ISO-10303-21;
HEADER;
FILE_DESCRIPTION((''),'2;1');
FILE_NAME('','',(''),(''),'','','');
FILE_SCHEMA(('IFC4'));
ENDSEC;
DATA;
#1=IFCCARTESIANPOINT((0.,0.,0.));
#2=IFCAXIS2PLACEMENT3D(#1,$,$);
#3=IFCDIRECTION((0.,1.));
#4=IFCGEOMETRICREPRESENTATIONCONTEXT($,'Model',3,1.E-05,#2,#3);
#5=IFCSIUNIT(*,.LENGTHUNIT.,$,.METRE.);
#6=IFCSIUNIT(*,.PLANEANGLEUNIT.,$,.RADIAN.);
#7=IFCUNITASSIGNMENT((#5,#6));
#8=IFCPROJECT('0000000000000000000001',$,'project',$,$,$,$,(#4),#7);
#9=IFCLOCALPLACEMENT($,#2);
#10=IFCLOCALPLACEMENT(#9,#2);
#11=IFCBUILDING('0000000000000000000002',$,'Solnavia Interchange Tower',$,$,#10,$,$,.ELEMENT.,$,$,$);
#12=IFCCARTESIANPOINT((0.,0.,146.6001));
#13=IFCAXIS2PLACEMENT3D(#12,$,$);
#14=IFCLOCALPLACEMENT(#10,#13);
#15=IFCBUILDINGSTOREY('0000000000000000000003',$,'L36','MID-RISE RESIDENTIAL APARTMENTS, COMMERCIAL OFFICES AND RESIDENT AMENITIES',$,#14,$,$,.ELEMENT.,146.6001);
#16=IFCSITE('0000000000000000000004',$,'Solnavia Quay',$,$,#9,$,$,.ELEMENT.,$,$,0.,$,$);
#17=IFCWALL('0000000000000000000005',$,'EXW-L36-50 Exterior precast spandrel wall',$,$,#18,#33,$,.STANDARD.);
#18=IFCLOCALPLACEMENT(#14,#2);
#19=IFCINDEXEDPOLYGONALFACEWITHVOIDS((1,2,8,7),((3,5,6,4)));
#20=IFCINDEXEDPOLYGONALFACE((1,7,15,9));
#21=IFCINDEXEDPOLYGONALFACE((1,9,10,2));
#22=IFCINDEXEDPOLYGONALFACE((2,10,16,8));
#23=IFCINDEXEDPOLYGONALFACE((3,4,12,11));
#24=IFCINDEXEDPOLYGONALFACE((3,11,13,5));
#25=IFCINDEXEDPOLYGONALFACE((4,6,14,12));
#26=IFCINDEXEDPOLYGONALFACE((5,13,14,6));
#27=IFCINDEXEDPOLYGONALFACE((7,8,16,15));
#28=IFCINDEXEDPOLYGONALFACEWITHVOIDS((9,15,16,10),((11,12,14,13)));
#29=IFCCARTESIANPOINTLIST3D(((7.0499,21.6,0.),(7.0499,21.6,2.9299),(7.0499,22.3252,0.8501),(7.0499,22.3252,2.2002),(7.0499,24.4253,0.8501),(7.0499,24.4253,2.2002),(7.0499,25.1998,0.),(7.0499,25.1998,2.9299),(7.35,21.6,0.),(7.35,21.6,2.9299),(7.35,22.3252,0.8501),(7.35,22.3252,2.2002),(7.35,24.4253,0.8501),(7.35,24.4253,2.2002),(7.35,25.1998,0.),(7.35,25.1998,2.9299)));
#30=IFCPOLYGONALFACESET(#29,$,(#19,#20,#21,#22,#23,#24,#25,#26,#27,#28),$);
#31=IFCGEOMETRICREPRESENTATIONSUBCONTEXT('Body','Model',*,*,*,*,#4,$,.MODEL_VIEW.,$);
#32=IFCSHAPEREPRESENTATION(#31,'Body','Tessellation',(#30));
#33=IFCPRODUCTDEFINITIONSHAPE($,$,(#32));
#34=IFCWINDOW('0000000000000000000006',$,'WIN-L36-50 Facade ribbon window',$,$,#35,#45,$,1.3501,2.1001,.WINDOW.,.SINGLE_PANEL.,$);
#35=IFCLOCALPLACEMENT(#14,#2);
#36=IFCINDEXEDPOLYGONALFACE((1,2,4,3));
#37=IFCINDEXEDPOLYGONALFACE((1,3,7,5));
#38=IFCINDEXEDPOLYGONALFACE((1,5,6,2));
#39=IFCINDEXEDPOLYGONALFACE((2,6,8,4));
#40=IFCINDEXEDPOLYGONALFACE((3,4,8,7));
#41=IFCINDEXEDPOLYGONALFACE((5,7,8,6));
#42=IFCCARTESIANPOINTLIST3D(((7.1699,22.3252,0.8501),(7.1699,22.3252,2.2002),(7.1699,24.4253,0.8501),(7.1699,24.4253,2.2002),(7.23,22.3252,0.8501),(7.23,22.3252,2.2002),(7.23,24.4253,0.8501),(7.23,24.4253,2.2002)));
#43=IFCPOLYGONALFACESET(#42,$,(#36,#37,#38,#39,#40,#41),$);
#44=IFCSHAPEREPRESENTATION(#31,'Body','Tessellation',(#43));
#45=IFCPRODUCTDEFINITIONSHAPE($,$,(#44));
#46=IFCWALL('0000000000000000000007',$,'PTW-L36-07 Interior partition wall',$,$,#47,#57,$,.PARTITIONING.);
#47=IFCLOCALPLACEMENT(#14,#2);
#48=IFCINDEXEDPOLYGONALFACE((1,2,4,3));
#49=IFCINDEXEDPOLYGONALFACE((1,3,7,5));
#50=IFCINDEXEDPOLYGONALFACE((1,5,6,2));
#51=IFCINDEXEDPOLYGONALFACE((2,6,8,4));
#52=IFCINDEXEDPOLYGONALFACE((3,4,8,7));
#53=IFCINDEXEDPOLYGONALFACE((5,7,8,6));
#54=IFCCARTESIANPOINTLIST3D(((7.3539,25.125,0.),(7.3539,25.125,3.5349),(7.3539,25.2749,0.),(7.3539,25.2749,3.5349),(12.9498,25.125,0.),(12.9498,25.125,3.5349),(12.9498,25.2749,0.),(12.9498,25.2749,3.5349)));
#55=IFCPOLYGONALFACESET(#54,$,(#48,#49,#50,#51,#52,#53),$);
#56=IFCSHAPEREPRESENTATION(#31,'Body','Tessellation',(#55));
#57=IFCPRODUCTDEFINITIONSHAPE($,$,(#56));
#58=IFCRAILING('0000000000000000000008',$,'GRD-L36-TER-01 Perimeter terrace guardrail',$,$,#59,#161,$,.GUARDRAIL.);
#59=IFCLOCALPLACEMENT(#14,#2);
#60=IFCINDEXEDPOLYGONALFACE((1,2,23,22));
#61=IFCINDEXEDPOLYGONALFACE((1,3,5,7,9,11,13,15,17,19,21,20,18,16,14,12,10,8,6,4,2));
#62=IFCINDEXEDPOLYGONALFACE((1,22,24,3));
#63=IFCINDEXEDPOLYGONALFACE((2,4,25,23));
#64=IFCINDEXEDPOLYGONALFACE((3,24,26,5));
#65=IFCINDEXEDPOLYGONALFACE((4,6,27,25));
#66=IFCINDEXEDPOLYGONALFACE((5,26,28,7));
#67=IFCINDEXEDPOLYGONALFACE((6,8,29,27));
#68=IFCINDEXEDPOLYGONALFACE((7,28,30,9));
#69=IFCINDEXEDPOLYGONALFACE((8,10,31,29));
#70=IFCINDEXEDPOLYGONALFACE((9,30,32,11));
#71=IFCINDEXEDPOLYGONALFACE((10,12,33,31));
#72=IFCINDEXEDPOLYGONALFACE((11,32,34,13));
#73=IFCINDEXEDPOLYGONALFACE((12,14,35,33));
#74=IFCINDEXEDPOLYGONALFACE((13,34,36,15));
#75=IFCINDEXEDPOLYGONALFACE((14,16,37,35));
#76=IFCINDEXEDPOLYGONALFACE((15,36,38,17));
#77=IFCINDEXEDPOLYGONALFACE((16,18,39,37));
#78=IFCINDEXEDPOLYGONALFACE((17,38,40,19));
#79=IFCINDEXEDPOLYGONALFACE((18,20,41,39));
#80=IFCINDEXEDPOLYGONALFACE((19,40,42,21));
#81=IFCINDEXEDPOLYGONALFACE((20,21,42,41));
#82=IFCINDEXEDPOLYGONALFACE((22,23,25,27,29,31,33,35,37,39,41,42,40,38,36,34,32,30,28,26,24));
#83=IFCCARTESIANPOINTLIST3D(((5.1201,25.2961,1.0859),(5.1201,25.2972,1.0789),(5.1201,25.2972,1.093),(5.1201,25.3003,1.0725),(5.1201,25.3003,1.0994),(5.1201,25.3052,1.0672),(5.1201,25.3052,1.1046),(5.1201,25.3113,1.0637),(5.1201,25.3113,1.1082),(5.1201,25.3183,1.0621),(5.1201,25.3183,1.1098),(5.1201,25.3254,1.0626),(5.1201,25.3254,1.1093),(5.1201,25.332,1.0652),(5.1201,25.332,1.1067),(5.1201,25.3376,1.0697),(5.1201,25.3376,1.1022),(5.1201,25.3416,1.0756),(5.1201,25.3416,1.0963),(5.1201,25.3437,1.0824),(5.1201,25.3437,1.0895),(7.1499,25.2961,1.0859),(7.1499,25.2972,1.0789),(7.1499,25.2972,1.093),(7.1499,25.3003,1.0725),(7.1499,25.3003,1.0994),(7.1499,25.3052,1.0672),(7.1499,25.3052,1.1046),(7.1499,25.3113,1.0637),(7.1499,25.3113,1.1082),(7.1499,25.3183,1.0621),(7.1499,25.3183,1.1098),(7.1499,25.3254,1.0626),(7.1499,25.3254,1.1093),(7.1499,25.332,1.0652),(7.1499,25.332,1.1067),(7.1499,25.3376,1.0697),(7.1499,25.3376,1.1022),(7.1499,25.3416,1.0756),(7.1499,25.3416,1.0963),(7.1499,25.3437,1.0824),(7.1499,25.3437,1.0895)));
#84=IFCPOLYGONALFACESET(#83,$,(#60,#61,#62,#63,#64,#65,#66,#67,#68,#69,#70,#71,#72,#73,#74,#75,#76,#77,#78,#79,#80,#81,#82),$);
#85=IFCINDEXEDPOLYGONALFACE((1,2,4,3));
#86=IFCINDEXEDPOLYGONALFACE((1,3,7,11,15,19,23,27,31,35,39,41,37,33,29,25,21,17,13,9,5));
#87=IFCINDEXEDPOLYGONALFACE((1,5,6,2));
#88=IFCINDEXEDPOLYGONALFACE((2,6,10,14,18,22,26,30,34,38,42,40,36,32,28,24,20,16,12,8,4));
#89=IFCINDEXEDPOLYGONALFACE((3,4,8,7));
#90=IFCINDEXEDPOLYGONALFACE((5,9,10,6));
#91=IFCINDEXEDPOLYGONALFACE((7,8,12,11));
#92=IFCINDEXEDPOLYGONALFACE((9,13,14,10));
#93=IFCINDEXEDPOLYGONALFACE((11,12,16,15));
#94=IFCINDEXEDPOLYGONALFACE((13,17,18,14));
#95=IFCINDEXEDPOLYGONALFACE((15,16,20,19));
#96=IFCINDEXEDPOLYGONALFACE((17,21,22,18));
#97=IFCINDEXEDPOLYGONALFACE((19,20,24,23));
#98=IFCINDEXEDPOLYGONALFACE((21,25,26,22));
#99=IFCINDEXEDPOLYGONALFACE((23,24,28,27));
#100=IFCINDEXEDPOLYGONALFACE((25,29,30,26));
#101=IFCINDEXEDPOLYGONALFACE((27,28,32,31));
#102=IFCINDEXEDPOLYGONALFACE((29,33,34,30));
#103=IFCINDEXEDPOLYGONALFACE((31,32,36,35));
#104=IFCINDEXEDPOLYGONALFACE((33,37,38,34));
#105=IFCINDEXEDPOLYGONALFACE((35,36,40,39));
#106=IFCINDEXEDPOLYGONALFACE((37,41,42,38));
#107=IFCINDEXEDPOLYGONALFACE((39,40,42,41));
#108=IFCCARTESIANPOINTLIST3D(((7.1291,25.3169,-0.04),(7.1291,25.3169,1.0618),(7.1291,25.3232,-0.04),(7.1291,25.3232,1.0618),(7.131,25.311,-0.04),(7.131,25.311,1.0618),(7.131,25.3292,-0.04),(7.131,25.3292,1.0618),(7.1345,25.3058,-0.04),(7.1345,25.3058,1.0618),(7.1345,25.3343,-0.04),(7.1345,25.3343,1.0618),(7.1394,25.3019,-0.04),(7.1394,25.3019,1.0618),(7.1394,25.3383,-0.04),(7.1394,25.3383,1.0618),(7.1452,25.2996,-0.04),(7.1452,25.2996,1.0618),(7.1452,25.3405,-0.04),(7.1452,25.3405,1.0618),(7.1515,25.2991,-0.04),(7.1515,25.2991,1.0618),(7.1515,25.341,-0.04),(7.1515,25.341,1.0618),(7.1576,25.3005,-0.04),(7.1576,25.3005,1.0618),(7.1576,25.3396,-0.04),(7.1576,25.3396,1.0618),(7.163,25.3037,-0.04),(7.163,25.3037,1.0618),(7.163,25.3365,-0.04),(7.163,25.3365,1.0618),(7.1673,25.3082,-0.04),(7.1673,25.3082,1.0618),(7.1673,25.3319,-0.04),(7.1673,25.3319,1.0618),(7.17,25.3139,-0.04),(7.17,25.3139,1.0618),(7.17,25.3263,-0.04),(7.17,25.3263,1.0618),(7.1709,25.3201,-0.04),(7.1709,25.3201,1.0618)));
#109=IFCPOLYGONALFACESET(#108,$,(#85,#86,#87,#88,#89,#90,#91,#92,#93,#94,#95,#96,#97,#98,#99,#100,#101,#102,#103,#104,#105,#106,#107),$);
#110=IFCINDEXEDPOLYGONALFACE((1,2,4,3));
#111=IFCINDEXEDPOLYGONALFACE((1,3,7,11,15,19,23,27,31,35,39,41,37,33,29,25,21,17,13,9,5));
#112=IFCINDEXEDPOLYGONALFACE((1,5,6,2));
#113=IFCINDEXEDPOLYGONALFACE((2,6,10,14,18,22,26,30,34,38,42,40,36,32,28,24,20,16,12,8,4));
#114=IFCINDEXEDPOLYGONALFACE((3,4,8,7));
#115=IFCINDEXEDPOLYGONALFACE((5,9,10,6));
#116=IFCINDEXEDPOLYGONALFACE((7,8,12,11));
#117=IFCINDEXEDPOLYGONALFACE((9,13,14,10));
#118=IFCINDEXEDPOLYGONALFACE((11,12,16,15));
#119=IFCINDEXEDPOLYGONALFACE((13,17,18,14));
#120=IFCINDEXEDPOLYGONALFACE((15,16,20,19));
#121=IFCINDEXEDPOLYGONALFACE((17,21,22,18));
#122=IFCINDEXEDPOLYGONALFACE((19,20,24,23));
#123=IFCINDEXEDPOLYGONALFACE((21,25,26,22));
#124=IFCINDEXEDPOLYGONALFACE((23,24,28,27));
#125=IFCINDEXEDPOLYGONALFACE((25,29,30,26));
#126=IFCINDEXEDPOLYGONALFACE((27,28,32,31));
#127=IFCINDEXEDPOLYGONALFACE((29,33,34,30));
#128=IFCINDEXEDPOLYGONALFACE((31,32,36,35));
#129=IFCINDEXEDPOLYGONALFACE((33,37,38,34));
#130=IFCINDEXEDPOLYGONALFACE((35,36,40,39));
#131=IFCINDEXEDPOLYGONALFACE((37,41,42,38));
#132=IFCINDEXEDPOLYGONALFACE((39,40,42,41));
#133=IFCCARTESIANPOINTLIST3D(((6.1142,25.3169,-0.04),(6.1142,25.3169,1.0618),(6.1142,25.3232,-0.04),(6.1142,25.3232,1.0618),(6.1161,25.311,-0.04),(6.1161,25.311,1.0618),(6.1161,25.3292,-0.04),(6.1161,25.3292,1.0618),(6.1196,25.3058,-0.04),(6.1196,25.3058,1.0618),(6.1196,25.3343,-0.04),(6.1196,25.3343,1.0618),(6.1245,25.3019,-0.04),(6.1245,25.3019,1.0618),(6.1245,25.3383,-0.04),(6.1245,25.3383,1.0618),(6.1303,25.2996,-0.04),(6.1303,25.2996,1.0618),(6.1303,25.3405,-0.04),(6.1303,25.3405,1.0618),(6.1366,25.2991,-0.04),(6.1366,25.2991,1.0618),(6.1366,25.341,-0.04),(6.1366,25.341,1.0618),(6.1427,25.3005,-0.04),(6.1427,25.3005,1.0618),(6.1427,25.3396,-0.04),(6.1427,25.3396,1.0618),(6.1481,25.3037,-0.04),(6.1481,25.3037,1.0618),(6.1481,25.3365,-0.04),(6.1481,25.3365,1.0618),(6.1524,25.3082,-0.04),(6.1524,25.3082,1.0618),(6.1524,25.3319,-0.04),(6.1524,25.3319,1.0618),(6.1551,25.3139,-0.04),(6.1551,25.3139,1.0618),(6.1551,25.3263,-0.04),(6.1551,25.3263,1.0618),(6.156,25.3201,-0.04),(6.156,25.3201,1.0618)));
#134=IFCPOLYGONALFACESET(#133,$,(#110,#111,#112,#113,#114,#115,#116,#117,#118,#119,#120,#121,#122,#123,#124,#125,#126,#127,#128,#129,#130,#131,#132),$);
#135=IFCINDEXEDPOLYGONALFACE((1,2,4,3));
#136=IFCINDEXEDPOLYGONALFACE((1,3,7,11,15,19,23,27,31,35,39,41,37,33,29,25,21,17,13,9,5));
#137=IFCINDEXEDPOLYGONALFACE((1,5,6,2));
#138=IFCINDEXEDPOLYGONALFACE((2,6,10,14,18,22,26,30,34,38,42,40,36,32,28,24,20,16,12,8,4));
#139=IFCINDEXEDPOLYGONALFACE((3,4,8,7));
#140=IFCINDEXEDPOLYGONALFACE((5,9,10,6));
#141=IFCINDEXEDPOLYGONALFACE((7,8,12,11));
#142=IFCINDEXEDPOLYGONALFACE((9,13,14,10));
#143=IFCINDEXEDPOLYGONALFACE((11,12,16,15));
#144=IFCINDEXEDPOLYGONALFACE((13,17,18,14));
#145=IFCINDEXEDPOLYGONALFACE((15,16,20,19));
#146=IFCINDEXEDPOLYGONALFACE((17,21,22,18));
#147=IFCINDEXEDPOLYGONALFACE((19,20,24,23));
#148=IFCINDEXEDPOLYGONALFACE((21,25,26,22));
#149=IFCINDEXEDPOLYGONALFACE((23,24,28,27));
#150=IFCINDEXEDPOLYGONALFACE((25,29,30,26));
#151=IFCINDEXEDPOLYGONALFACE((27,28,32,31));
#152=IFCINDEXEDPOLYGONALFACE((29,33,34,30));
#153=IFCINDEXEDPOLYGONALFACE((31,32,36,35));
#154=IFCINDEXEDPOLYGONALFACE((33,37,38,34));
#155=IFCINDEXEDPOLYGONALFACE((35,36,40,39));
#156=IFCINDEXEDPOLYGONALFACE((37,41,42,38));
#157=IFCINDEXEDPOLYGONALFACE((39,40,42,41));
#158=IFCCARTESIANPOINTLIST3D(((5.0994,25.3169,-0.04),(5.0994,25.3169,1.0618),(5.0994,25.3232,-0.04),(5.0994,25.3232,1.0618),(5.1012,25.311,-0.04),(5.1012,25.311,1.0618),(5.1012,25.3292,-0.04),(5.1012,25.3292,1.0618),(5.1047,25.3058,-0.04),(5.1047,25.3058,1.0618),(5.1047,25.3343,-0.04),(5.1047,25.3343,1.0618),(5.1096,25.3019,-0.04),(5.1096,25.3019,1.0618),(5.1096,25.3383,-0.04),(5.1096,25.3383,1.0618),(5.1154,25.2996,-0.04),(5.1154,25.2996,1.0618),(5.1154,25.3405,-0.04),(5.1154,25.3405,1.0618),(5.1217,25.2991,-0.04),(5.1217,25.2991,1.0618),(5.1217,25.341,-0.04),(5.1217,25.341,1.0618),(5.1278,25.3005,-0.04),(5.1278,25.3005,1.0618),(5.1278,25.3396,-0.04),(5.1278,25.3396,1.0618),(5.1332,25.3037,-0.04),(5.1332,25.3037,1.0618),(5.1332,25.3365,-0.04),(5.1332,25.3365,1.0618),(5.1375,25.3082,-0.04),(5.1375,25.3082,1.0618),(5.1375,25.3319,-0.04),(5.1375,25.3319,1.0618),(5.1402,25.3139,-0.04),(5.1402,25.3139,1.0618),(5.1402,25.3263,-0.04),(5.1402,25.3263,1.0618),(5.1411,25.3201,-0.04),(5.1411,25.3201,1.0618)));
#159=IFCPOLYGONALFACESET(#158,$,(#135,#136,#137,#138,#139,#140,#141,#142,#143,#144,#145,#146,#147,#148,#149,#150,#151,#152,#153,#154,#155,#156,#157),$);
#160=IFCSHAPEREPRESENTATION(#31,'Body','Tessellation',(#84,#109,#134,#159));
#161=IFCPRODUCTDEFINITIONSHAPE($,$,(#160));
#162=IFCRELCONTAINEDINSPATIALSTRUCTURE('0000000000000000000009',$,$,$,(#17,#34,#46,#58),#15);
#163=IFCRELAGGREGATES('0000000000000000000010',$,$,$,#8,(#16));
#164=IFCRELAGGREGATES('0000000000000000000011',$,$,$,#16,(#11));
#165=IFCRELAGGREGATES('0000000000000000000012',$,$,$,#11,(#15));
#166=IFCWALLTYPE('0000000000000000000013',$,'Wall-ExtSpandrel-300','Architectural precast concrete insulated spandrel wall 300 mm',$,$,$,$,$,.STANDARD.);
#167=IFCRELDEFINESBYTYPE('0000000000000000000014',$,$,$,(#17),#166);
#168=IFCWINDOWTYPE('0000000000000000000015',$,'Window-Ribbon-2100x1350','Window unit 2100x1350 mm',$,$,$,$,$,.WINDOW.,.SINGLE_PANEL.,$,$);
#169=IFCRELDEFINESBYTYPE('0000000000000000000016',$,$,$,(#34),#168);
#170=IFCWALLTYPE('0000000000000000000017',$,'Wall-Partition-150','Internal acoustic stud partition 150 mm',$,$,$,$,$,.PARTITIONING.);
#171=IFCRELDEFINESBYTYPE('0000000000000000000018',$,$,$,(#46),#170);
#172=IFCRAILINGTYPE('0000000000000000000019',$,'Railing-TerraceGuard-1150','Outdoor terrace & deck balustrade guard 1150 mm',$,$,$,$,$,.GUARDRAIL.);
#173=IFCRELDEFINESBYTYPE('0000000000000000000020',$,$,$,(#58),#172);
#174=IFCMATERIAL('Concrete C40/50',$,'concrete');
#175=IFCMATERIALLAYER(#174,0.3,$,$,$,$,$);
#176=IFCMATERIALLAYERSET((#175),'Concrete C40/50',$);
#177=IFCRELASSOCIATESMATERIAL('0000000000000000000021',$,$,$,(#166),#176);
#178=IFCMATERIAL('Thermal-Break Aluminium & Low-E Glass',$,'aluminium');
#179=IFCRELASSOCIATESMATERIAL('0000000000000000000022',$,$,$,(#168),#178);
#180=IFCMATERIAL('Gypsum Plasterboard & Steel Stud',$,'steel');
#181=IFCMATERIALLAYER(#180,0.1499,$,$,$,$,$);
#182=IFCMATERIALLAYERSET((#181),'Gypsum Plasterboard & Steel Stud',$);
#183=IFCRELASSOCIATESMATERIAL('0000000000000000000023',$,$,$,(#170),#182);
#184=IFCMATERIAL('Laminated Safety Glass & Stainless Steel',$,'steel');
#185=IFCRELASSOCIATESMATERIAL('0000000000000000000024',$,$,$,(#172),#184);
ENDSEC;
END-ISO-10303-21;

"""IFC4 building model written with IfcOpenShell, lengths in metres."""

from ifc_helpers import new_model, si_unit, direction, frame, frame_2d, origin, origin_2d, place, context, subcontext, project, spatial, rectangle, circle, extrude, material, layer, layer_set, type_object, element, fill, save


model = new_model("IFC4")

# Units and contexts
model_context = context("Model", 3, precision=1e-05, world=origin(), true_north=direction((0.0, 1.0)))
body_context = subcontext(model_context, "Body", "Model", "MODEL_VIEW")
ifc_project = project(units=[si_unit("LENGTHUNIT", "METRE"), si_unit("PLANEANGLEUNIT", "RADIAN")], contexts=[model_context])

# Site, building, storey
site_placement = place(None, origin())
site = spatial("IfcSite", under=ifc_project, at=site_placement, Name="Solnavia Quay", CompositionType="ELEMENT", RefElevation=0.0)
building_placement = place(site_placement, origin())
building = spatial("IfcBuilding", under=site, at=building_placement, Name="Solnavia Interchange Tower", CompositionType="ELEMENT")
storey_placement = place(building_placement, frame((0.0, 0.0, 146.6001)))
storey = spatial("IfcBuildingStorey", under=building, at=storey_placement, Name="L36", Description="MID-RISE RESIDENTIAL APARTMENTS, COMMERCIAL OFFICES AND RESIDENT AMENITIES", CompositionType="ELEMENT", Elevation=146.6001)

# Shared definitions
ifc_material_1 = material(Name="Concrete C40/50", Category="concrete")
ifc_layer_1 = layer(ifc_material_1, 0.3)
ifc_layer_set_1 = layer_set([ifc_layer_1], Name="Concrete C40/50")
wall_type_1 = type_object("IfcWallType", Name="Wall-ExtSpandrel-300", Description="Architectural precast concrete insulated spandrel wall 300 mm", PredefinedType="STANDARD", material=ifc_layer_set_1)

# Wall, opening, window
wall_1_placement = place(storey_placement, frame((7.2, 21.6001, 0.0), z_axis=(0.0, 0.0, 1.0), x_axis=(0.0, 1.0, 0.0)))
wall_1 = element("IfcWall", 1, at=wall_1_placement, inside=storey, type_object=wall_type_1, Name="EXW-L36-50 Exterior precast spandrel wall", PredefinedType="STANDARD", context=body_context, shape_type="SweptSolid", body=[
    extrude(rectangle(XDim=3.5999, YDim=0.3, at=frame_2d((1.7998, 0.0))), origin(), (0.0, 0.0, 1.0), 2.9299),
])
opening_placement = place(wall_1_placement, frame((0.7251, 0.0, 0.8501)))
opening = element("IfcOpeningElement", 2, at=opening_placement, cuts=wall_1, PredefinedType="OPENING", context=body_context, shape_type="SweptSolid", body=[
    extrude(rectangle(XDim=2.1001, YDim=1.3501, at=frame_2d((1.05, 0.675))), frame((0.0, 0.1602, 0.0), z_axis=(0.0, -1.0, 0.0), x_axis=(1.0, 0.0, 0.0)), (0.0, 0.0, 1.0), 0.3201),
])
ifc_material_2 = material(Name="Thermal-Break Aluminium & Low-E Glass", Category="aluminium")
window_type = type_object("IfcWindowType", Name="Window-Ribbon-2100x1350", Description="Window unit 2100x1350 mm", PartitioningType="SINGLE_PANEL", PredefinedType="WINDOW", material=ifc_material_2)
window_placement = place(opening_placement, origin())
window = element("IfcWindow", 3, at=window_placement, inside=storey, type_object=window_type, Name="WIN-L36-50 Facade ribbon window", OverallHeight=1.3501, OverallWidth=2.1001, PartitioningType="SINGLE_PANEL", PredefinedType="WINDOW", context=body_context, shape_type="SweptSolid", body=[
    extrude(rectangle(XDim=2.1001, YDim=1.3501, at=frame_2d((1.05, 0.675))), frame((0.0, 0.03, 0.0), z_axis=(0.0, -1.0, 0.0), x_axis=(1.0, 0.0, 0.0)), (0.0, 0.0, 1.0), 0.0601),
])
fill(opening, window)

# Wall
ifc_material_3 = material(Name="Gypsum Plasterboard & Steel Stud", Category="steel")
ifc_layer_2 = layer(ifc_material_3, 0.1499)
ifc_layer_set_2 = layer_set([ifc_layer_2], Name="Gypsum Plasterboard & Steel Stud")
wall_type_2 = type_object("IfcWallType", Name="Wall-Partition-150", Description="Internal acoustic stud partition 150 mm", PredefinedType="PARTITIONING", material=ifc_layer_set_2)
wall_2_placement = place(storey_placement, frame((7.354, 25.2, 0.0), z_axis=(0.0, 0.0, 1.0), x_axis=(1.0, 0.0, 0.0)))
element("IfcWall", 4, at=wall_2_placement, inside=storey, type_object=wall_type_2, Name="PTW-L36-07 Interior partition wall", PredefinedType="PARTITIONING", context=body_context, shape_type="SweptSolid", body=[
    extrude(rectangle(XDim=5.5959, YDim=0.1499, at=frame_2d((2.7979, 0.0))), origin(), (0.0, 0.0, 1.0), 3.5349),
])

# Railing
ifc_material_4 = material(Name="Laminated Safety Glass & Stainless Steel", Category="steel")
railing_type = type_object("IfcRailingType", Name="Railing-TerraceGuard-1150", Description="Outdoor terrace & deck balustrade guard 1150 mm", PredefinedType="GUARDRAIL", material=ifc_material_4)
railing_1_placement = place(storey_placement, frame((7.1499, 25.3201, -0.04)))
element("IfcRailing", 5, at=railing_1_placement, inside=storey, type_object=railing_type, Name="GRD-L36-TER-01 Perimeter terrace guardrail", PredefinedType="GUARDRAIL", context=body_context, shape_type="SweptSolid", body=[
    extrude(circle(Radius=0.0239, at=origin_2d()), frame((0.0, 0.0, 1.126), z_axis=(-1.0, 0.0, 0.0), x_axis=(0.0, -1.0, 0.0)), (0.0, 0.0, 1.0), 2.0298),
    extrude(circle(Radius=0.021, at=origin_2d()), origin(), (0.0, 0.0, 1.0), 1.1018),
    extrude(circle(Radius=0.021, at=origin_2d()), frame((-1.0149, 0.0, 0.0)), (0.0, 0.0, 1.0), 1.1018),
    extrude(circle(Radius=0.021, at=origin_2d()), frame((-2.0298, 0.0, 0.0)), (0.0, 0.0, 1.0), 1.1018),
])

save(model, "model.ifc")
